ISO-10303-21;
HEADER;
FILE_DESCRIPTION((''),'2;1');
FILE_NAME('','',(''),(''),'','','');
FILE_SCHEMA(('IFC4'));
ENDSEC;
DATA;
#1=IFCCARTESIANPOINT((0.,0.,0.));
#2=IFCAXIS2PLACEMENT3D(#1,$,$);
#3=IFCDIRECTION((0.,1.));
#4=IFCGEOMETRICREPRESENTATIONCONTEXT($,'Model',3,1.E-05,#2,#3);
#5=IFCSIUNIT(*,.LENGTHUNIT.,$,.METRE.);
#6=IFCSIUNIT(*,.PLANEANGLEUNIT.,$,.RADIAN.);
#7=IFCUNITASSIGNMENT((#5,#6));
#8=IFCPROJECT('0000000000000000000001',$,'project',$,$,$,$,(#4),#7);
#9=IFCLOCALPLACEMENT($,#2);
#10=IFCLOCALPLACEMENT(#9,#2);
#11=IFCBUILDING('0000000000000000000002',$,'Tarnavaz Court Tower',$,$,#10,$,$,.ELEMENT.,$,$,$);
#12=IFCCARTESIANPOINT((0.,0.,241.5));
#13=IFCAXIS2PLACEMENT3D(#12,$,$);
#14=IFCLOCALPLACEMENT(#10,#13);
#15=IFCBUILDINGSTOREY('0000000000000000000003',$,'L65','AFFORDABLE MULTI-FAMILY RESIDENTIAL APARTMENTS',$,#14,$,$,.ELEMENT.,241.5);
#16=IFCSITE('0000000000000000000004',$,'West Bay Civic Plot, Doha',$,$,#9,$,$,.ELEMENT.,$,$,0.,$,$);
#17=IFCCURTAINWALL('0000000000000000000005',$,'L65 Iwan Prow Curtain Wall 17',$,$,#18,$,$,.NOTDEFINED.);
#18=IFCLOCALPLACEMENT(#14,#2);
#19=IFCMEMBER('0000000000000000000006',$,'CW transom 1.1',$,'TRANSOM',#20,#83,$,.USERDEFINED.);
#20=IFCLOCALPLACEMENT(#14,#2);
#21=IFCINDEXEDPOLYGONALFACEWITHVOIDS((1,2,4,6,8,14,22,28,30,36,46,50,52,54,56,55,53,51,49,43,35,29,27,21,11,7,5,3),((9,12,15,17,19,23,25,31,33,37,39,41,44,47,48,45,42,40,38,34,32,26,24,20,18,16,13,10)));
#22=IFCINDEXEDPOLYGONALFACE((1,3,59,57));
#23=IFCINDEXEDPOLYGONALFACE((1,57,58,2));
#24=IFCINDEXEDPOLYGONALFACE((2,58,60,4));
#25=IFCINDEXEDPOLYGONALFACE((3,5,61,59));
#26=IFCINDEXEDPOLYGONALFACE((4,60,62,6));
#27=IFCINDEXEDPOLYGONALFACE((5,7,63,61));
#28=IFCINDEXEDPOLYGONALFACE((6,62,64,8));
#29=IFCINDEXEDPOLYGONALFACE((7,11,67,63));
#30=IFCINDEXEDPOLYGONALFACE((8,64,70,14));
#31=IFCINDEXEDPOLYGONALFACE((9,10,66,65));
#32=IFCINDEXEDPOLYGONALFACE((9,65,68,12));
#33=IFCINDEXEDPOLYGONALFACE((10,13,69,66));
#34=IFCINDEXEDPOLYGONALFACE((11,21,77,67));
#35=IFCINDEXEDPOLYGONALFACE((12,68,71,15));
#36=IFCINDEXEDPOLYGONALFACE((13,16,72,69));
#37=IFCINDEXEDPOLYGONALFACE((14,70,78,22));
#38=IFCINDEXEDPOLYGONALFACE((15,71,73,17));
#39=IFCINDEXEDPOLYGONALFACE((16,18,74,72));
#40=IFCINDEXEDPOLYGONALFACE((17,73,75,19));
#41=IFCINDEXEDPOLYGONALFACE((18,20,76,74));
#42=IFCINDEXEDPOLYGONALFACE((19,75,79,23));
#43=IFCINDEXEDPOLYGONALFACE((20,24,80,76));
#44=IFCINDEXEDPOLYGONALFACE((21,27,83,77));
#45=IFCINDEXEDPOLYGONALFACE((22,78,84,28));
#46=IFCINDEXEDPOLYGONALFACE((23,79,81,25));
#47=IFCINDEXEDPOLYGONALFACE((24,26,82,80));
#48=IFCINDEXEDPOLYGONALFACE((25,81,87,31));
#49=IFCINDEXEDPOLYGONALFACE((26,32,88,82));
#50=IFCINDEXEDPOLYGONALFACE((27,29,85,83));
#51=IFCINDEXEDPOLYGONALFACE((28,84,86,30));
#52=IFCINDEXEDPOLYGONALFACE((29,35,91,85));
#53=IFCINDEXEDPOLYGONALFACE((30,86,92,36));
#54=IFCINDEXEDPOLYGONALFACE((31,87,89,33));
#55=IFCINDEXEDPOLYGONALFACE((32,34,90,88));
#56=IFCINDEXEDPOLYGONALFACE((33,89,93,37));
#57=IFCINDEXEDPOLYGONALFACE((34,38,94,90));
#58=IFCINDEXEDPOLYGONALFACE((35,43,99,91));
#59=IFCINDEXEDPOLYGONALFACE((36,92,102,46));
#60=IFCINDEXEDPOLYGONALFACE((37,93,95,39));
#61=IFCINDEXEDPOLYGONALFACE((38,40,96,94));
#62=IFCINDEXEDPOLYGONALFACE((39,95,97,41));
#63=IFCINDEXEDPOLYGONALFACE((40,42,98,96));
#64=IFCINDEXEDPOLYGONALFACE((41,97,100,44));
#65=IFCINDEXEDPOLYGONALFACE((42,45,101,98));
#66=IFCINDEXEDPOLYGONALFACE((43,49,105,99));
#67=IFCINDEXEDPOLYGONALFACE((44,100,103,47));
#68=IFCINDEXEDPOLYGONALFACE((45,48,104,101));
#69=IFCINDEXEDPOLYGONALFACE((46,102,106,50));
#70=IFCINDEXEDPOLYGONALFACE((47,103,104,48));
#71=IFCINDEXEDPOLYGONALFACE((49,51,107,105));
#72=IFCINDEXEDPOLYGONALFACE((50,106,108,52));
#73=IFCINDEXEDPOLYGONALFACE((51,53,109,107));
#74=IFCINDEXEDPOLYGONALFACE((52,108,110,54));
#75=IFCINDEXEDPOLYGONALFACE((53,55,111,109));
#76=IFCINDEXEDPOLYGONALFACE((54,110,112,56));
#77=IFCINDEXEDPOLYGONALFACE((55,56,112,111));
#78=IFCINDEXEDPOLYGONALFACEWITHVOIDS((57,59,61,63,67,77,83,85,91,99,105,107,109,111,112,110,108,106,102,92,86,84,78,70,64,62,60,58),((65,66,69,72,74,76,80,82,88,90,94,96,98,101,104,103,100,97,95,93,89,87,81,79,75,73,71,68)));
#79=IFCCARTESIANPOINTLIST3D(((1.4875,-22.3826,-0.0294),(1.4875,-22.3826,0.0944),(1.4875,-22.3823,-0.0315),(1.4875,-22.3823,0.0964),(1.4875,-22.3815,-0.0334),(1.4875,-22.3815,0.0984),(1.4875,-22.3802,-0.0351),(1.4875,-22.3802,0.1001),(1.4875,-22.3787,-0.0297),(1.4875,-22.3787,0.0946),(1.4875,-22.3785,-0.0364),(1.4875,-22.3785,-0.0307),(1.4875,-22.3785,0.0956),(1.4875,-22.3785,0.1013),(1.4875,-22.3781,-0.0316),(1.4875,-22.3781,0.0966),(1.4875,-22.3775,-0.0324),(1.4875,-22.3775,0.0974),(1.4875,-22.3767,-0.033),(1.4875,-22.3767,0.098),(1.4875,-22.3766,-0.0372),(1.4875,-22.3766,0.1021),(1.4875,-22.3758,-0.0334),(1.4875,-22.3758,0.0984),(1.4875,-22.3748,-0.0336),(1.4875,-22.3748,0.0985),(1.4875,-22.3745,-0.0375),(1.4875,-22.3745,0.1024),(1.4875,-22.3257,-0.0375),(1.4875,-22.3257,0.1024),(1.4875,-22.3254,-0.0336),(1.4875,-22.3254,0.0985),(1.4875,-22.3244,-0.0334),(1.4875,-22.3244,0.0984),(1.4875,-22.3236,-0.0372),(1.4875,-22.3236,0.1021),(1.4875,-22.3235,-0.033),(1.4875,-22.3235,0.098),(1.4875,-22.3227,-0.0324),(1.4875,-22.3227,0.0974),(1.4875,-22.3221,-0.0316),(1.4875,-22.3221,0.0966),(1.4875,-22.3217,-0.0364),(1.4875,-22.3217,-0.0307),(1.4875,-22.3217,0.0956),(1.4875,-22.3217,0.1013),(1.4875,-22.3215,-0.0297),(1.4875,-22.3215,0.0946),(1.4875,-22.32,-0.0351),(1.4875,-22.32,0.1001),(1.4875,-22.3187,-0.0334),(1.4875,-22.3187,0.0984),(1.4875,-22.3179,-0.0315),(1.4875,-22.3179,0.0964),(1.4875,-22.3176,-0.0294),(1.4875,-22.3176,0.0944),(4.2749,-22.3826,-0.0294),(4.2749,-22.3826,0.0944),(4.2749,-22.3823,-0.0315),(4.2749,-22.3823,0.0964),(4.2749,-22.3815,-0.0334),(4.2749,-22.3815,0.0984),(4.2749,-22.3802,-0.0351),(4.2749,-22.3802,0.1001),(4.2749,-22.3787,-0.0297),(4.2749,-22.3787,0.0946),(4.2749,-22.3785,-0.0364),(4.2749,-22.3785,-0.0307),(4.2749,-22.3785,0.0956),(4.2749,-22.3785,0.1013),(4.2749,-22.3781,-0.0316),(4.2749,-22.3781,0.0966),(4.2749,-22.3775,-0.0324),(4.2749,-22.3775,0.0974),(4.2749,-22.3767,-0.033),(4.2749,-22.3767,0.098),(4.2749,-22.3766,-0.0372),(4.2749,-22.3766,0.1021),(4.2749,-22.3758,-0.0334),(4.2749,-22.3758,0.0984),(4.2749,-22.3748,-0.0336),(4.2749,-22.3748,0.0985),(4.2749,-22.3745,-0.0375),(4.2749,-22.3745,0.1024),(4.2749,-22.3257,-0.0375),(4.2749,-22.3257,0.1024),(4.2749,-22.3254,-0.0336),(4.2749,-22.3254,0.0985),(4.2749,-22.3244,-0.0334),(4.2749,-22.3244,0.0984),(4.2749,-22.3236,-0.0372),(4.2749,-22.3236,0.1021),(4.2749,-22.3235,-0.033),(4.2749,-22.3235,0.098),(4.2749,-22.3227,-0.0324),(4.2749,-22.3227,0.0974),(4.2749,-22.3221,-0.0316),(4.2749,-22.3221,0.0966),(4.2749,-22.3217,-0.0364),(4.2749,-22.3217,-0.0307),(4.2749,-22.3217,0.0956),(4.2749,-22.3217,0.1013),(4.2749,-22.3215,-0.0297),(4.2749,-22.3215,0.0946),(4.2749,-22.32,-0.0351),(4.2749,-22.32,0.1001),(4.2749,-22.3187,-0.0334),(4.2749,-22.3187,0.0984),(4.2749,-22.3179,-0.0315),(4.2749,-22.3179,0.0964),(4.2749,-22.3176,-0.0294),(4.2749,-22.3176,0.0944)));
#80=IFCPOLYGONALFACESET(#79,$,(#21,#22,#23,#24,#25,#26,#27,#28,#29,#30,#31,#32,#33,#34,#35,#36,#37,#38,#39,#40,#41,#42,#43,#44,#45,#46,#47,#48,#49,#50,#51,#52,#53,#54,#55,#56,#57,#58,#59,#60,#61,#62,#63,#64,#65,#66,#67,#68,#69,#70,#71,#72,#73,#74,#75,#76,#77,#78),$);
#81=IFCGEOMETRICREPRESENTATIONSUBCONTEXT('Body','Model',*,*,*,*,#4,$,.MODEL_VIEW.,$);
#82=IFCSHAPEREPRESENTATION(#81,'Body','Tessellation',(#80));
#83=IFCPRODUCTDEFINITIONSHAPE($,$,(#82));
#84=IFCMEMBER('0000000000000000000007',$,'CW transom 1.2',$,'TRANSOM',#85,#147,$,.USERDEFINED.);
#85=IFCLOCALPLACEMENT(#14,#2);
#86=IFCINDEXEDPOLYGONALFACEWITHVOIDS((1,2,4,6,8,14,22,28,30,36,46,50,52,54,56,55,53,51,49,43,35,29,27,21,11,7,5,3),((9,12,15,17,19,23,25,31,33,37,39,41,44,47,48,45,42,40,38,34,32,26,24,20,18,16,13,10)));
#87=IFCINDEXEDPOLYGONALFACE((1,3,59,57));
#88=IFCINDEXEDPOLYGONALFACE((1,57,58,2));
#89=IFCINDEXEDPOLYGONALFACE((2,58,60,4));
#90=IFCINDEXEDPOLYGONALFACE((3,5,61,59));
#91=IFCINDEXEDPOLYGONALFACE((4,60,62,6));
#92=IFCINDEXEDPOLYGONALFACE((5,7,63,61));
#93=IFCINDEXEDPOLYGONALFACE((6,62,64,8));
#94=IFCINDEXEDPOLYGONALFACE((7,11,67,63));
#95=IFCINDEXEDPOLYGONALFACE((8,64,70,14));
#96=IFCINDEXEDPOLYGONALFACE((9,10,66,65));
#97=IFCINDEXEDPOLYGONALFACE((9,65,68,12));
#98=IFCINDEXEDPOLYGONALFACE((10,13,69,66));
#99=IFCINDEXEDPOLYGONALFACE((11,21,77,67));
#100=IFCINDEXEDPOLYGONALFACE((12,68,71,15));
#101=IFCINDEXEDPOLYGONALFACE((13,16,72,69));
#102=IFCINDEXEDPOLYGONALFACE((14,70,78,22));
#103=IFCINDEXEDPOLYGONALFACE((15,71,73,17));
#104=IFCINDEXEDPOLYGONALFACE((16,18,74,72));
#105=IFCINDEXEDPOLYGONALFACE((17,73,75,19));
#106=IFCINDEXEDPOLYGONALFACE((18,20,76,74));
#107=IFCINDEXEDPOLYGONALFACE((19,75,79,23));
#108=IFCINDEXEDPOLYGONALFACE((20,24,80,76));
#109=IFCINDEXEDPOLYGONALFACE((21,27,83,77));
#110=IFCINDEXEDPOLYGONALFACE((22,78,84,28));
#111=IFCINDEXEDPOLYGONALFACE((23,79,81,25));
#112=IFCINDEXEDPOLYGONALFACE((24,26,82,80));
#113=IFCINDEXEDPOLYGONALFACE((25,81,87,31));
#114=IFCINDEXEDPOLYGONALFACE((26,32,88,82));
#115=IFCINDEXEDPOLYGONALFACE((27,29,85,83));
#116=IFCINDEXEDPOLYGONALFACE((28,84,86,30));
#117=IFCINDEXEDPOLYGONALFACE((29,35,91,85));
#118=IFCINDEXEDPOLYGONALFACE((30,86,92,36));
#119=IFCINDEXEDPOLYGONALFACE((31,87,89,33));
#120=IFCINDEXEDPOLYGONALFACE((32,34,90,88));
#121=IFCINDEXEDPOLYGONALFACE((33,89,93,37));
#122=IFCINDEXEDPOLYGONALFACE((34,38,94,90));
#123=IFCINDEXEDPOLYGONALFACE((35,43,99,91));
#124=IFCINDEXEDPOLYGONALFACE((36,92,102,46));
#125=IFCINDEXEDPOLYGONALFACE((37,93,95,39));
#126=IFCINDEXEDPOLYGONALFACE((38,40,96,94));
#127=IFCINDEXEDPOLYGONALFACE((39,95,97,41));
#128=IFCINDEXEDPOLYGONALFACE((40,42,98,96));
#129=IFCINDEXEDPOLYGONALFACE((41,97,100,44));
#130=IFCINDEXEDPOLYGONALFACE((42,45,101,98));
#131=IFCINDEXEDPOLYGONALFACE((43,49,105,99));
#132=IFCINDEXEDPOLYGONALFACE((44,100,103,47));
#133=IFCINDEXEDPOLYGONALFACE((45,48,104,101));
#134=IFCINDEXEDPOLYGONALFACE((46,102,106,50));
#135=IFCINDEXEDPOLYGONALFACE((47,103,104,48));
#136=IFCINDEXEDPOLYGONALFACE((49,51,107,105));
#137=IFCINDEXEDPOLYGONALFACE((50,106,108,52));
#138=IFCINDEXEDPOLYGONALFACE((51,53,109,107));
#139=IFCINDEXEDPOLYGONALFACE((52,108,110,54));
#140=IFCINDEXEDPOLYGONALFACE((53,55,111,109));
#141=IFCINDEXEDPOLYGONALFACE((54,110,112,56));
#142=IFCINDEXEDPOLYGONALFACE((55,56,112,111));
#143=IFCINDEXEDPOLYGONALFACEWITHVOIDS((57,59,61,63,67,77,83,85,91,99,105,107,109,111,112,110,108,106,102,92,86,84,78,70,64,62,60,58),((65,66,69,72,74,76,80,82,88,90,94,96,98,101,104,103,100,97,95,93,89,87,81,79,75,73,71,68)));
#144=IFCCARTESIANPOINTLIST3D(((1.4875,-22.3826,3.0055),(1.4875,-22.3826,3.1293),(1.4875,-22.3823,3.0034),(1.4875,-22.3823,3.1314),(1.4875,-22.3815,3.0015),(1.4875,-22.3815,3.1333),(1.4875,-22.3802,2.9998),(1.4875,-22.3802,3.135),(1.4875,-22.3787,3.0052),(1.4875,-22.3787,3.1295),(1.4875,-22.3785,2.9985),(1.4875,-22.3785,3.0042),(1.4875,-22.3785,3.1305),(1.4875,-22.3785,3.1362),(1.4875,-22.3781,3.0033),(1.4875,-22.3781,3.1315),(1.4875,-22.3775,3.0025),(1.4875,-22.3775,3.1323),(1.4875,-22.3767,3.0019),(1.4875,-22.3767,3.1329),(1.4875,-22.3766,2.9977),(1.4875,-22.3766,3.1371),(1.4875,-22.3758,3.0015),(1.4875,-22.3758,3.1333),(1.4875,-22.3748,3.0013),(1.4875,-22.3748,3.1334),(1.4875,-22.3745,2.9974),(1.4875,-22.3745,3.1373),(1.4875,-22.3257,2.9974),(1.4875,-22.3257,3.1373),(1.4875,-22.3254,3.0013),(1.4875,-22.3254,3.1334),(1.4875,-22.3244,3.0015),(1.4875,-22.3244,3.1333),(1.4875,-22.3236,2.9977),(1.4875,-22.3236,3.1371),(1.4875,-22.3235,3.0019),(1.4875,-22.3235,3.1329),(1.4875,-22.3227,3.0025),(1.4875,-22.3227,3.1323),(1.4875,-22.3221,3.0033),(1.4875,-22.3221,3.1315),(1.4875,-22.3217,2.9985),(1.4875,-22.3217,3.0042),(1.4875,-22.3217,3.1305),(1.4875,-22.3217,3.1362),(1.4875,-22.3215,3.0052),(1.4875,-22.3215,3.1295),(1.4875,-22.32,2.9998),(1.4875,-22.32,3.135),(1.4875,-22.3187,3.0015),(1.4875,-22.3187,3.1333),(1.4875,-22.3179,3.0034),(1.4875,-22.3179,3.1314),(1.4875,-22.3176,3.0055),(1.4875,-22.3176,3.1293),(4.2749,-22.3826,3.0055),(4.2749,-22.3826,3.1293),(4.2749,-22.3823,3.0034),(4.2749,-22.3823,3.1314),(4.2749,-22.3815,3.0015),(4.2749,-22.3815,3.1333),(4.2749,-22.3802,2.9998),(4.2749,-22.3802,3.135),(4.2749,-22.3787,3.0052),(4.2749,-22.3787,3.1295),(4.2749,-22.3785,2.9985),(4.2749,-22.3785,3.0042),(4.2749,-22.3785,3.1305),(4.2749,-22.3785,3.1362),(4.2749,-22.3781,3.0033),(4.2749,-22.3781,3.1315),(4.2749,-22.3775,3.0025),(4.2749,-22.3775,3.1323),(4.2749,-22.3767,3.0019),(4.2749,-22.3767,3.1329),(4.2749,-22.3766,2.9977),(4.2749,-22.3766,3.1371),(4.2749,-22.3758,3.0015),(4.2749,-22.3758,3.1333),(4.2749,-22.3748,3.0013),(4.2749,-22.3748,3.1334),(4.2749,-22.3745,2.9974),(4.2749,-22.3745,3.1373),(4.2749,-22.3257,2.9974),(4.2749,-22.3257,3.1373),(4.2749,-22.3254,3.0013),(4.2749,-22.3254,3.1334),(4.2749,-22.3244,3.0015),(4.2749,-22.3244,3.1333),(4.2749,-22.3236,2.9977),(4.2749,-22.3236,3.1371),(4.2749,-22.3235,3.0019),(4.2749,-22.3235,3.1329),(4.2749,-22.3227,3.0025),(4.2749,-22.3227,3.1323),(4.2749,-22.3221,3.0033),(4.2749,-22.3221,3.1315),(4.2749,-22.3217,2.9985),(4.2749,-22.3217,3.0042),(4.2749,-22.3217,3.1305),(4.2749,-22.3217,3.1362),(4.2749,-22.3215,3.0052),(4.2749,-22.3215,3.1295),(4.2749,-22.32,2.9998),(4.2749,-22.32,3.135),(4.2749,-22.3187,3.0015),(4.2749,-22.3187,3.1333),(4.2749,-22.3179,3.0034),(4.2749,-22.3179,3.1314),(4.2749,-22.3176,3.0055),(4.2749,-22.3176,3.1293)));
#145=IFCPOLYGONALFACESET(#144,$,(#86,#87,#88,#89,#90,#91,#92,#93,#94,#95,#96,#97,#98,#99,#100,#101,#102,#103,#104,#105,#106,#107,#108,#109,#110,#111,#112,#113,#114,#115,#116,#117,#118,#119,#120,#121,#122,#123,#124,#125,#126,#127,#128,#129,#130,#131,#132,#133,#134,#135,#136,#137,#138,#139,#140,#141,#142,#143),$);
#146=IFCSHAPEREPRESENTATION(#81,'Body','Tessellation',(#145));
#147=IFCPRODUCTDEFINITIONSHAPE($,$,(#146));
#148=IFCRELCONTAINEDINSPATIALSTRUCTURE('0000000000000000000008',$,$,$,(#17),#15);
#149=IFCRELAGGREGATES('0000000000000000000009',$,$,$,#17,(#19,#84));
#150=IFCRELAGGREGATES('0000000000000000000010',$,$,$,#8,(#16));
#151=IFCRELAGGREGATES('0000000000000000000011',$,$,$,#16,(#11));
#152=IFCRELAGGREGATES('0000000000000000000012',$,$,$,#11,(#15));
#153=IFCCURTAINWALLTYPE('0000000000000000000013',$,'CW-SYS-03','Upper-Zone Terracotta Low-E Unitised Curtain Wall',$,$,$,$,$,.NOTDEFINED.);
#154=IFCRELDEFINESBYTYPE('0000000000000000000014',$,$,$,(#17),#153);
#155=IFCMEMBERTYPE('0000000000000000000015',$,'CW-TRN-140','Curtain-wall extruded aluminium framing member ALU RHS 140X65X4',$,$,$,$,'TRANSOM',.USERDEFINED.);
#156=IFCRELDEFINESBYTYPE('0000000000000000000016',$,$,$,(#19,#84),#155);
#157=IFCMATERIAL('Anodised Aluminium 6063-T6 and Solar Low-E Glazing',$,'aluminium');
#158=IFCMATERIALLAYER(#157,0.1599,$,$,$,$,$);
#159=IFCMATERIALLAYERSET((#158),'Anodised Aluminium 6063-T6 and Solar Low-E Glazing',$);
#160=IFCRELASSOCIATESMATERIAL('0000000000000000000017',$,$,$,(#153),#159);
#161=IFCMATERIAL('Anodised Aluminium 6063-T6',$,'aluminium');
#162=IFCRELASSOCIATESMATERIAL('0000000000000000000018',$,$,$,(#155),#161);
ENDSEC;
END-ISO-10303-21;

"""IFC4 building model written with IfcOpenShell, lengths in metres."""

from ifc_helpers import new_model, si_unit, direction, frame, origin, origin_2d, place, context, subcontext, project, spatial, hollow_rectangle, extrude, material, layer, layer_set, material_profile, profile_set, type_object, element, aggregate, save


model = new_model("IFC4")

# Units and contexts
model_context = context("Model", 3, precision=1e-05, world=origin(), true_north=direction((0.0, 1.0)))
body_context = subcontext(model_context, "Body", "Model", "MODEL_VIEW")
ifc_project = project(units=[si_unit("LENGTHUNIT", "METRE"), si_unit("PLANEANGLEUNIT", "RADIAN")], contexts=[model_context])

# Site, building, storey
site_placement = place(None, origin())
site = spatial("IfcSite", under=ifc_project, at=site_placement, Name="West Bay Civic Plot, Doha", CompositionType="ELEMENT", RefElevation=0.0)
building_placement = place(site_placement, origin())
building = spatial("IfcBuilding", under=site, at=building_placement, Name="Tarnavaz Court Tower", CompositionType="ELEMENT")
storey_placement = place(building_placement, frame((0.0, 0.0, 241.5)))
storey = spatial("IfcBuildingStorey", under=building, at=storey_placement, Name="L65", Description="AFFORDABLE MULTI-FAMILY RESIDENTIAL APARTMENTS", CompositionType="ELEMENT", Elevation=241.5)

# Curtain wall, members
ifc_material_1 = material(Name="Anodised Aluminium 6063-T6 and Solar Low-E Glazing", Category="aluminium")
ifc_layer_1 = layer(ifc_material_1, 0.1599)
ifc_layer_set_1 = layer_set([ifc_layer_1], Name="Anodised Aluminium 6063-T6 and Solar Low-E Glazing")
curtain_wall_type = type_object("IfcCurtainWallType", Name="CW-SYS-03", Description="Upper-Zone Terracotta Low-E Unitised Curtain Wall", PredefinedType="NOTDEFINED", material=ifc_layer_set_1)
curtain_wall_placement = place(storey_placement, origin())
curtain_wall = element("IfcCurtainWall", 1, at=curtain_wall_placement, inside=storey, type_object=curtain_wall_type, Name="L65 Iwan Prow Curtain Wall 17", PredefinedType="NOTDEFINED")
ifc_material_2 = material(Name="Anodised Aluminium 6063-T6", Category="aluminium")
ifc_material_profile_1 = material_profile(ifc_material_2, hollow_rectangle(XDim=0.0649, YDim=0.1399, WallThickness=0.0039, InnerFilletRadius=0.0039, OuterFilletRadius=0.0081, at=origin_2d()), Name="ALU RHS 140X65X4")
ifc_profile_set_1 = profile_set([ifc_material_profile_1], Name="Anodised Aluminium 6063-T6")
member_type_1 = type_object("IfcMemberType", Name="CW-TRN-140", Description="Curtain-wall extruded aluminium framing member ALU RHS 140X65X4", ElementType="TRANSOM", PredefinedType="USERDEFINED", material=ifc_profile_set_1)
member_1_placement = place(storey_placement, frame((4.2749, -22.3501, 0.0325), z_axis=(-1.0, 0.0, 0.0), x_axis=(0.0, -1.0, 0.0)))
member_1 = element("IfcMember", 2, at=member_1_placement, type_object=member_type_1, Name="CW transom 1.1", ObjectType="TRANSOM", PredefinedType="USERDEFINED", context=body_context, shape_type="SweptSolid", body=[
    extrude(hollow_rectangle(XDim=0.0649, YDim=0.1399, WallThickness=0.0039, InnerFilletRadius=0.0039, OuterFilletRadius=0.0081, at=origin_2d()), origin(), (0.0, 0.0, 1.0), 2.7874),
])
member_2_placement = place(storey_placement, frame((4.2749, -22.3501, 3.0674), z_axis=(-1.0, 0.0, 0.0), x_axis=(0.0, -1.0, 0.0)))
member_2 = element("IfcMember", 3, at=member_2_placement, type_object=member_type_1, Name="CW transom 1.2", ObjectType="TRANSOM", PredefinedType="USERDEFINED", context=body_context, shape_type="SweptSolid", body=[
    extrude(hollow_rectangle(XDim=0.0649, YDim=0.1399, WallThickness=0.0039, InnerFilletRadius=0.0039, OuterFilletRadius=0.0081, at=origin_2d()), origin(), (0.0, 0.0, 1.0), 2.7874),
])
aggregate(curtain_wall, [member_1, member_2])

save(model, "model.ifc")
